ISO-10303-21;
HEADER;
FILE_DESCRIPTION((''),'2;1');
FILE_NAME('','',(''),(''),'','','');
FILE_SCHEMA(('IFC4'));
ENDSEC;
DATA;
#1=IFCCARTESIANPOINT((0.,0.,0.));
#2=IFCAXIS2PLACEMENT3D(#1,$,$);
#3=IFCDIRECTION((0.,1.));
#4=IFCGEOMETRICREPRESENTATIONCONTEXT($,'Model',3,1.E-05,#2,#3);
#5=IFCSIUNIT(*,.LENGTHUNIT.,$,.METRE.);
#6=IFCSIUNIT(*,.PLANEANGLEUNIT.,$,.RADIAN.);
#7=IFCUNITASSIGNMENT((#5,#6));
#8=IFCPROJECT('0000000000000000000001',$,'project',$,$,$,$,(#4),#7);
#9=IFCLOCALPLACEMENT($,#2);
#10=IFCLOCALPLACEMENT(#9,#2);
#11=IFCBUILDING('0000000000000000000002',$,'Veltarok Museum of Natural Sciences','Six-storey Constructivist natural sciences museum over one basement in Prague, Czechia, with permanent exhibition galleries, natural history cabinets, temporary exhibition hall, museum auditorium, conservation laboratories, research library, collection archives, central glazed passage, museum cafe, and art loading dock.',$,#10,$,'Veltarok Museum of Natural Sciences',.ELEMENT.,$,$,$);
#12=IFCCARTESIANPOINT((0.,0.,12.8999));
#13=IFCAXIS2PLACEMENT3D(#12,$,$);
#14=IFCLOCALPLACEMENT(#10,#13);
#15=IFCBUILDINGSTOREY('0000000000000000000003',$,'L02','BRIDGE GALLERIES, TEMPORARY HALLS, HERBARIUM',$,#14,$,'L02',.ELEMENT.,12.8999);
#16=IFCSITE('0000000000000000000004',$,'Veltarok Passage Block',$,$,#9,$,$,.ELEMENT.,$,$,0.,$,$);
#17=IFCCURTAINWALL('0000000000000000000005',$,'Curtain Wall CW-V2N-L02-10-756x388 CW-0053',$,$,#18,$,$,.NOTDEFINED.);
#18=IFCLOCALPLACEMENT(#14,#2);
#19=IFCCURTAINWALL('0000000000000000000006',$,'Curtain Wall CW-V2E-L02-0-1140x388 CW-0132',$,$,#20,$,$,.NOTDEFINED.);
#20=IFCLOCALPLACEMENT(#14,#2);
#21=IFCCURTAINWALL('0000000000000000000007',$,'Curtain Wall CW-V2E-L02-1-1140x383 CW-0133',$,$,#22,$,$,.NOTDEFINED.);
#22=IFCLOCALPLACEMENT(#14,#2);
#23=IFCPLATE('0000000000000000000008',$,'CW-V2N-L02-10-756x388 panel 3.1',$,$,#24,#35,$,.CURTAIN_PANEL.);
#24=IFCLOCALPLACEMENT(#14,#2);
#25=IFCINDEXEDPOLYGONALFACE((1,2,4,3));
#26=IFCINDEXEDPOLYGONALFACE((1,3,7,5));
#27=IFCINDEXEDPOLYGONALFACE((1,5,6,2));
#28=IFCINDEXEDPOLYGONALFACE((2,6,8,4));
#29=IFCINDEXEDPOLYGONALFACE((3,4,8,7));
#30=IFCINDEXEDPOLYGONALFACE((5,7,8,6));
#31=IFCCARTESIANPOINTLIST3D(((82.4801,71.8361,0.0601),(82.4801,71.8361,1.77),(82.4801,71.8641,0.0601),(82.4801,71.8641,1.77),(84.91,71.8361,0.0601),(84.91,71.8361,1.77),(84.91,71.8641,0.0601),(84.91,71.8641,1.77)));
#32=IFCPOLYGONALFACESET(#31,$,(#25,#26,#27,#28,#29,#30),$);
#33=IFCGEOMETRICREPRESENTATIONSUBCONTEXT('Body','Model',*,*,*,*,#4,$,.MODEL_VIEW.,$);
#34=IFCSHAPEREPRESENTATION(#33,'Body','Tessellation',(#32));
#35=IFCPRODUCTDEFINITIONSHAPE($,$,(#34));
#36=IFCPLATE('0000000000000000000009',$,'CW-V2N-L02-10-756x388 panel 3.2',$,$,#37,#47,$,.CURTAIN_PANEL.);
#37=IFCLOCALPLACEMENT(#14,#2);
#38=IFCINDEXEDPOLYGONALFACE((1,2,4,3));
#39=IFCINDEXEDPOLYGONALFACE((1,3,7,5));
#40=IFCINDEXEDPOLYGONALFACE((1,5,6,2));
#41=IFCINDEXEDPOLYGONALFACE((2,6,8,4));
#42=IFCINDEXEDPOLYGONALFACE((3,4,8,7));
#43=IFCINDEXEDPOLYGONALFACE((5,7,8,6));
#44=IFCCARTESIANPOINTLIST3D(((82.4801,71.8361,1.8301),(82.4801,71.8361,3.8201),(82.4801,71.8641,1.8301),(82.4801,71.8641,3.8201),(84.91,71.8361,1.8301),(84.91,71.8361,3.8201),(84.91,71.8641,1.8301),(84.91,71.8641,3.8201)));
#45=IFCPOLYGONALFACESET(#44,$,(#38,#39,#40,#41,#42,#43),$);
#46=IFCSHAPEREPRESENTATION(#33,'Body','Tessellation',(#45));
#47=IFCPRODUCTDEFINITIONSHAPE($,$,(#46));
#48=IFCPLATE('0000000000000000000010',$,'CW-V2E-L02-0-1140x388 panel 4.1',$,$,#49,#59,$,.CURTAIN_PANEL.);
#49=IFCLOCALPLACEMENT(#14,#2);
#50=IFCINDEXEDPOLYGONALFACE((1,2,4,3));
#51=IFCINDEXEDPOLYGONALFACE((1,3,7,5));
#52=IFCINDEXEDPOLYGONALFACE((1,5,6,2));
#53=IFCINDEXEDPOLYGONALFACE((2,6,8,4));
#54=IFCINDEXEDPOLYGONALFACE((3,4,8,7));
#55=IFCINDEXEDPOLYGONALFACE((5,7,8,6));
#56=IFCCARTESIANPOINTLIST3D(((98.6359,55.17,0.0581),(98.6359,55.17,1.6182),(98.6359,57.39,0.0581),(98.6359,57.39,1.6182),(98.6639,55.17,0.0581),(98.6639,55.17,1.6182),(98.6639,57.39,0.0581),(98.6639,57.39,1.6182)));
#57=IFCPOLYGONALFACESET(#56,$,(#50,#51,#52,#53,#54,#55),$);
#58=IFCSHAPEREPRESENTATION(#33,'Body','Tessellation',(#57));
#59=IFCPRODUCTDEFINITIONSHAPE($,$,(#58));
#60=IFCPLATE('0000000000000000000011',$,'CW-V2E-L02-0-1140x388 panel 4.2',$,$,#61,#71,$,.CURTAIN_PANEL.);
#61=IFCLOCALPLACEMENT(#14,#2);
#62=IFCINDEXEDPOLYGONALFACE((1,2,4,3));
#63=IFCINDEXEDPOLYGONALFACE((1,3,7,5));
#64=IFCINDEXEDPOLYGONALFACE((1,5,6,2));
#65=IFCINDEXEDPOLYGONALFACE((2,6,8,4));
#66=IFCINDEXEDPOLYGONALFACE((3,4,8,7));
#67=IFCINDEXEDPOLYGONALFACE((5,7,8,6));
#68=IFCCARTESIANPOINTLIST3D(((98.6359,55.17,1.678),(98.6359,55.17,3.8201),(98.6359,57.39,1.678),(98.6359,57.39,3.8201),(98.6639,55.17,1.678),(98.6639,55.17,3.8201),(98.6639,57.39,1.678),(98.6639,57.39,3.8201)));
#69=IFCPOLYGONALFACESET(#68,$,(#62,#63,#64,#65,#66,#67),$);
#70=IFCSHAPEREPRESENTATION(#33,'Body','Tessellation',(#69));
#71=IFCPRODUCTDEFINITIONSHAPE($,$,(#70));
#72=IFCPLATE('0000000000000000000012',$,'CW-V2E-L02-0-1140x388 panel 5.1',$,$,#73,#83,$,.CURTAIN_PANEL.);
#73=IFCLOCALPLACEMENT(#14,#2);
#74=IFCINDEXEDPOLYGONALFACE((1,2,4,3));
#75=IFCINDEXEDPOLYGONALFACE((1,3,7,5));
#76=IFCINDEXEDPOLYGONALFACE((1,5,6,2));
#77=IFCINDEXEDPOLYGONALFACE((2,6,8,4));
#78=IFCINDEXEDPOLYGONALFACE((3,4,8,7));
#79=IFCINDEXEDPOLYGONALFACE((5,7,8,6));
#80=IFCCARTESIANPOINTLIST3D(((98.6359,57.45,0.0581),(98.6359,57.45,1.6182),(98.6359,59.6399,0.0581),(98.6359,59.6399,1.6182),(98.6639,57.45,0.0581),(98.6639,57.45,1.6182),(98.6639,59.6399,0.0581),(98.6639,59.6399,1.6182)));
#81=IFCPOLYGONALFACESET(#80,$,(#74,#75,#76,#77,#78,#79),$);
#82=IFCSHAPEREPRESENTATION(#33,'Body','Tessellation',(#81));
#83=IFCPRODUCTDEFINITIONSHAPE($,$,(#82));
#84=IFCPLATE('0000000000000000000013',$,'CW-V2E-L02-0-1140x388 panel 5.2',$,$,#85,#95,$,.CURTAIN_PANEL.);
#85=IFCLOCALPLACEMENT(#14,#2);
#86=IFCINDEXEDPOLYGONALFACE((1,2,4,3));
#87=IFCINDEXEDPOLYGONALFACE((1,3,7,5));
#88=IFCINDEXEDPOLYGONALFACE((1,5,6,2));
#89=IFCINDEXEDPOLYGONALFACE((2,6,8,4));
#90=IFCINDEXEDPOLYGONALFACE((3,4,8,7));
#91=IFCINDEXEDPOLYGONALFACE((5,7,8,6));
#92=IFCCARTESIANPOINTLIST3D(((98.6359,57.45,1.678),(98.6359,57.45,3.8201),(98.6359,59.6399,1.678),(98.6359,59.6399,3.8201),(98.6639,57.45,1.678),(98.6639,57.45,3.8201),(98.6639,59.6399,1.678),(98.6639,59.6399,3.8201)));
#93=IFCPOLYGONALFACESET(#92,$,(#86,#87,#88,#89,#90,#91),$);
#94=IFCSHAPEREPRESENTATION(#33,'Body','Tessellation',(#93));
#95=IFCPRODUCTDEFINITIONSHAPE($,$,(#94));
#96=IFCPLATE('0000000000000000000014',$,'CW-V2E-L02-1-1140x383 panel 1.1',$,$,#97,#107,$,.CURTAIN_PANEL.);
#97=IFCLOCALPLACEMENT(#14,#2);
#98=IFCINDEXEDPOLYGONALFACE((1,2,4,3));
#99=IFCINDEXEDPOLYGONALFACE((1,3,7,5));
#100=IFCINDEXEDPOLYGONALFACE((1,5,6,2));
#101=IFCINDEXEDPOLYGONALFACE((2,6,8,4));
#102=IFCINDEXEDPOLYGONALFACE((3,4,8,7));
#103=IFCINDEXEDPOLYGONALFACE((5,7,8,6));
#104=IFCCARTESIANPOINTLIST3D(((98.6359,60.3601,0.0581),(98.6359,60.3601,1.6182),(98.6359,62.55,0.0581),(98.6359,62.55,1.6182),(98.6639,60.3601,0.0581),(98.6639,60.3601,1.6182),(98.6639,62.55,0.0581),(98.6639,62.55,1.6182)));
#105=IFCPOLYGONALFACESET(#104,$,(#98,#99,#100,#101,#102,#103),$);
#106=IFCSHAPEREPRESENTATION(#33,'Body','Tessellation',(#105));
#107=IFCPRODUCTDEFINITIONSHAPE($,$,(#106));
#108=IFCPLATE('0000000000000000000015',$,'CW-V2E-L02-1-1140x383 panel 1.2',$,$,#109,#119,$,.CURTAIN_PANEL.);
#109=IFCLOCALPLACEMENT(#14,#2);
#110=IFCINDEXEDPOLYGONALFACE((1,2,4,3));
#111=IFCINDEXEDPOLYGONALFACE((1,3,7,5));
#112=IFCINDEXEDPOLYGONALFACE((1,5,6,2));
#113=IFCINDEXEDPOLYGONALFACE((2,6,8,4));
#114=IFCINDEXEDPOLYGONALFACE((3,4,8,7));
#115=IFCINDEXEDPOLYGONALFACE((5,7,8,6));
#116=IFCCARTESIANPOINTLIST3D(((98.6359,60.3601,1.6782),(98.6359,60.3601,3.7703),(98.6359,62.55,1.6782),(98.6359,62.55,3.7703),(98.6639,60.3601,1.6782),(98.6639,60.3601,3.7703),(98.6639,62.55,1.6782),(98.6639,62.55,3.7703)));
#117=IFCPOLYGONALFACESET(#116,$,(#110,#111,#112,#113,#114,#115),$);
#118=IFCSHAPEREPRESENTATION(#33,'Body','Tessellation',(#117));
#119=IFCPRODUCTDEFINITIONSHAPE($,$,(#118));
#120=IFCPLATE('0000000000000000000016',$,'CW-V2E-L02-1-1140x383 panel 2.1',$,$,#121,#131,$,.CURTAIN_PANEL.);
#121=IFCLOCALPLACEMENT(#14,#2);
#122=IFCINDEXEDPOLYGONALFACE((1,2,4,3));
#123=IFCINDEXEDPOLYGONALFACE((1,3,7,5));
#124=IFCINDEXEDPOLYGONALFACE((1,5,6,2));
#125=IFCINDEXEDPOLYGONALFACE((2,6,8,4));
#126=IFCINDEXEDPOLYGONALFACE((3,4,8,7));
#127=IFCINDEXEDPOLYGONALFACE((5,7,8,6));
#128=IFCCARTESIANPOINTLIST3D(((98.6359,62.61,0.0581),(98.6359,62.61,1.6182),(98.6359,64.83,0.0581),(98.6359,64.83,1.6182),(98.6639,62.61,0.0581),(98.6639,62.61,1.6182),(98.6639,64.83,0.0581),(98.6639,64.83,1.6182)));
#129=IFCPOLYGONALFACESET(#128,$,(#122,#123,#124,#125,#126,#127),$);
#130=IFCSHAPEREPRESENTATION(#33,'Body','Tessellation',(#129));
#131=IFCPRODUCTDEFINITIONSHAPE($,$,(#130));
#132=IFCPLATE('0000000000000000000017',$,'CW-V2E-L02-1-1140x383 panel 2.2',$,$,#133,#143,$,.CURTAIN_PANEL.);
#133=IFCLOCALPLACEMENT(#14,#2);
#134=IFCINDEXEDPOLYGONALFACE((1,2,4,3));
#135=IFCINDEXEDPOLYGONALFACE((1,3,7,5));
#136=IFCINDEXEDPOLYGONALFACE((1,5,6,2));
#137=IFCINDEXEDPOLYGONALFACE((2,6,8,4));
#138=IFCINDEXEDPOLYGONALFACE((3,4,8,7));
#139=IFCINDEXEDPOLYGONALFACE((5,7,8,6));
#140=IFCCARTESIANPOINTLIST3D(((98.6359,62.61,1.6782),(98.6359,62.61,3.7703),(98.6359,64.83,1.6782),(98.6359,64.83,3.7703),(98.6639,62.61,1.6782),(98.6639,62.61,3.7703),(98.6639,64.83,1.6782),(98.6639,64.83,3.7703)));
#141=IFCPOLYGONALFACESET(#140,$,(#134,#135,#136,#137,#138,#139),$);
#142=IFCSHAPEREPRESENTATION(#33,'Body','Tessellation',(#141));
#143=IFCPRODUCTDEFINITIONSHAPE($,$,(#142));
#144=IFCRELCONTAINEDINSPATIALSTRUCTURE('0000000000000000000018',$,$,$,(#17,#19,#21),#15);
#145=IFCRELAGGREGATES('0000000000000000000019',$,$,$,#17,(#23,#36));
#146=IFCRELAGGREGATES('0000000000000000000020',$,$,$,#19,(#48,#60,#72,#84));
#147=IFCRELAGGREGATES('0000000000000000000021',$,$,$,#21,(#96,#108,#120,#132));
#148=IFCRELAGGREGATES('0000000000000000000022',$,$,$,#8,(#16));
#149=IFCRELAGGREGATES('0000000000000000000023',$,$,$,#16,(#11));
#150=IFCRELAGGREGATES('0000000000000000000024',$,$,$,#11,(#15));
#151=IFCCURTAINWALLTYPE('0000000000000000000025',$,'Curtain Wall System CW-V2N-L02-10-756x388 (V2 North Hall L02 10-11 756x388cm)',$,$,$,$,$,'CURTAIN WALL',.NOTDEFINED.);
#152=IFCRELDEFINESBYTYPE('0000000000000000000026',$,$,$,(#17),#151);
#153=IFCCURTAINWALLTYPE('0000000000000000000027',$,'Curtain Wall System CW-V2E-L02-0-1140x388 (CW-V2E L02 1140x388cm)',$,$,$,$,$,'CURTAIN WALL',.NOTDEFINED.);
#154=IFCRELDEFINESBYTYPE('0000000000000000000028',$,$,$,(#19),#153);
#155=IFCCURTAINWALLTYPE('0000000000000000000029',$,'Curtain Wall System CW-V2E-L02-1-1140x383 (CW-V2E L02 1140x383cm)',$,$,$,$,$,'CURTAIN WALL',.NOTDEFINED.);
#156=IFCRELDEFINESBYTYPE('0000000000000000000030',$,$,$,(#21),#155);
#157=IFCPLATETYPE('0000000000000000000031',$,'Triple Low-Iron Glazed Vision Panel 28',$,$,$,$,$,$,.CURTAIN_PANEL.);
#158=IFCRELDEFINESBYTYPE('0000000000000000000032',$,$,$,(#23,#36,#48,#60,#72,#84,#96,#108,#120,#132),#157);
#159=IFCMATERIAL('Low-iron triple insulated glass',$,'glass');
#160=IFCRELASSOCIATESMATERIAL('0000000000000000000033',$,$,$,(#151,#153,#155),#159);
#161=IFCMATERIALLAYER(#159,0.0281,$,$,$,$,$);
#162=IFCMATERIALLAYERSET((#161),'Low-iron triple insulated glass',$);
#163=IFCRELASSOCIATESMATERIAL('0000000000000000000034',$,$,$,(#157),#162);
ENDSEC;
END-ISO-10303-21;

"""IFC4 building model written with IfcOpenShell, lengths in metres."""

from ifc_helpers import new_model, si_unit, direction, frame, origin, origin_2d, place, context, subcontext, project, spatial, rectangle, extrude, material, layer, layer_set, type_object, element, aggregate, save


model = new_model("IFC4")

# Units and contexts
model_context = context("Model", 3, precision=1e-05, world=origin(), true_north=direction((0.0, 1.0)))
body_context = subcontext(model_context, "Body", "Model", "MODEL_VIEW")
ifc_project = project(units=[si_unit("LENGTHUNIT", "METRE"), si_unit("PLANEANGLEUNIT", "RADIAN")], contexts=[model_context])

# Site, building, storey
site_placement = place(None, origin())
site = spatial("IfcSite", under=ifc_project, at=site_placement, Name="Veltarok Passage Block", CompositionType="ELEMENT", RefElevation=0.0)
building_placement = place(site_placement, origin())
building = spatial("IfcBuilding", under=site, at=building_placement, Name="Veltarok Museum of Natural Sciences", Description="Six-storey Constructivist natural sciences museum over one basement in Prague, Czechia, with permanent exhibition galleries, natural history cabinets, temporary exhibition hall, museum auditorium, conservation laboratories, research library, collection archives, central glazed passage, museum cafe, and art loading dock.", LongName="Veltarok Museum of Natural Sciences", CompositionType="ELEMENT")
storey_placement = place(building_placement, frame((0.0, 0.0, 12.8999)))
storey = spatial("IfcBuildingStorey", under=building, at=storey_placement, Name="L02", Description="BRIDGE GALLERIES, TEMPORARY HALLS, HERBARIUM", LongName="L02", CompositionType="ELEMENT", Elevation=12.8999)

# Curtain walls
ifc_material_1 = material(Name="Low-iron triple insulated glass", Category="glass")
curtain_wall_type_1 = type_object("IfcCurtainWallType", Name="Curtain Wall System CW-V2N-L02-10-756x388 (V2 North Hall L02 10-11 756x388cm)", ElementType="CURTAIN WALL", PredefinedType="NOTDEFINED", material=ifc_material_1)
curtain_wall_1_placement = place(storey_placement, origin())
curtain_wall_1 = element("IfcCurtainWall", 1, at=curtain_wall_1_placement, inside=storey, type_object=curtain_wall_type_1, Name="Curtain Wall CW-V2N-L02-10-756x388 CW-0053", PredefinedType="NOTDEFINED")
curtain_wall_type_2 = type_object("IfcCurtainWallType", Name="Curtain Wall System CW-V2E-L02-0-1140x388 (CW-V2E L02 1140x388cm)", ElementType="CURTAIN WALL", PredefinedType="NOTDEFINED", material=ifc_material_1)
curtain_wall_2_placement = place(storey_placement, origin())
curtain_wall_2 = element("IfcCurtainWall", 2, at=curtain_wall_2_placement, inside=storey, type_object=curtain_wall_type_2, Name="Curtain Wall CW-V2E-L02-0-1140x388 CW-0132", PredefinedType="NOTDEFINED")
curtain_wall_type_3 = type_object("IfcCurtainWallType", Name="Curtain Wall System CW-V2E-L02-1-1140x383 (CW-V2E L02 1140x383cm)", ElementType="CURTAIN WALL", PredefinedType="NOTDEFINED", material=ifc_material_1)
curtain_wall_3_placement = place(storey_placement, origin())
curtain_wall_3 = element("IfcCurtainWall", 3, at=curtain_wall_3_placement, inside=storey, type_object=curtain_wall_type_3, Name="Curtain Wall CW-V2E-L02-1-1140x383 CW-0133", PredefinedType="NOTDEFINED")

# Plates
ifc_layer = layer(ifc_material_1, 0.0281)
ifc_layer_set = layer_set([ifc_layer], Name="Low-iron triple insulated glass")
plate_type = type_object("IfcPlateType", Name="Triple Low-Iron Glazed Vision Panel 28", PredefinedType="CURTAIN_PANEL", material=ifc_layer_set)
plate_1_placement = place(storey_placement, frame((83.6951, 71.8501, 0.0601), z_axis=(0.0, 0.0, 1.0), x_axis=(-1.0, 0.0, 0.0)))
plate_1 = element("IfcPlate", 4, at=plate_1_placement, type_object=plate_type, Name="CW-V2N-L02-10-756x388 panel 3.1", PredefinedType="CURTAIN_PANEL", context=body_context, shape_type="SweptSolid", body=[
    extrude(rectangle(XDim=2.4299, YDim=0.0281, at=origin_2d()), origin(), (0.0, 0.0, 1.0), 1.71),
])
plate_2_placement = place(storey_placement, frame((83.6951, 71.8501, 1.8301), z_axis=(0.0, 0.0, 1.0), x_axis=(-1.0, 0.0, 0.0)))
plate_2 = element("IfcPlate", 5, at=plate_2_placement, type_object=plate_type, Name="CW-V2N-L02-10-756x388 panel 3.2", PredefinedType="CURTAIN_PANEL", context=body_context, shape_type="SweptSolid", body=[
    extrude(rectangle(XDim=2.4299, YDim=0.0281, at=origin_2d()), origin(), (0.0, 0.0, 1.0), 1.99),
])
aggregate(curtain_wall_1, [plate_1, plate_2])
plate_3_placement = place(storey_placement, frame((98.6499, 56.28, 0.0581), z_axis=(0.0, 0.0, 1.0), x_axis=(0.0, 1.0, 0.0)))
plate_3 = element("IfcPlate", 6, at=plate_3_placement, type_object=plate_type, Name="CW-V2E-L02-0-1140x388 panel 4.1", PredefinedType="CURTAIN_PANEL", context=body_context, shape_type="SweptSolid", body=[
    extrude(rectangle(XDim=2.22, YDim=0.0281, at=origin_2d()), origin(), (0.0, 0.0, 1.0), 1.5601),
])
plate_4_placement = place(storey_placement, frame((98.6499, 56.28, 1.678), z_axis=(0.0, 0.0, 1.0), x_axis=(0.0, 1.0, 0.0)))
plate_4 = element("IfcPlate", 7, at=plate_4_placement, type_object=plate_type, Name="CW-V2E-L02-0-1140x388 panel 4.2", PredefinedType="CURTAIN_PANEL", context=body_context, shape_type="SweptSolid", body=[
    extrude(rectangle(XDim=2.22, YDim=0.0281, at=origin_2d()), origin(), (0.0, 0.0, 1.0), 2.1421),
])
plate_5_placement = place(storey_placement, frame((98.6499, 58.5449, 0.0581), z_axis=(0.0, 0.0, 1.0), x_axis=(0.0, 1.0, 0.0)))
plate_5 = element("IfcPlate", 8, at=plate_5_placement, type_object=plate_type, Name="CW-V2E-L02-0-1140x388 panel 5.1", PredefinedType="CURTAIN_PANEL", context=body_context, shape_type="SweptSolid", body=[
    extrude(rectangle(XDim=2.1899, YDim=0.0281, at=origin_2d()), origin(), (0.0, 0.0, 1.0), 1.5601),
])
plate_6_placement = place(storey_placement, frame((98.6499, 58.5449, 1.678), z_axis=(0.0, 0.0, 1.0), x_axis=(0.0, 1.0, 0.0)))
plate_6 = element("IfcPlate", 9, at=plate_6_placement, type_object=plate_type, Name="CW-V2E-L02-0-1140x388 panel 5.2", PredefinedType="CURTAIN_PANEL", context=body_context, shape_type="SweptSolid", body=[
    extrude(rectangle(XDim=2.1899, YDim=0.0281, at=origin_2d()), origin(), (0.0, 0.0, 1.0), 2.1421),
])
aggregate(curtain_wall_2, [plate_3, plate_4, plate_5, plate_6])
plate_7_placement = place(storey_placement, frame((98.6499, 61.4551, 0.0581), z_axis=(0.0, 0.0, 1.0), x_axis=(0.0, 1.0, 0.0)))
plate_7 = element("IfcPlate", 10, at=plate_7_placement, type_object=plate_type, Name="CW-V2E-L02-1-1140x383 panel 1.1", PredefinedType="CURTAIN_PANEL", context=body_context, shape_type="SweptSolid", body=[
    extrude(rectangle(XDim=2.1899, YDim=0.0281, at=origin_2d()), origin(), (0.0, 0.0, 1.0), 1.5601),
])
plate_8_placement = place(storey_placement, frame((98.6499, 61.4551, 1.6782), z_axis=(0.0, 0.0, 1.0), x_axis=(0.0, 1.0, 0.0)))
plate_8 = element("IfcPlate", 11, at=plate_8_placement, type_object=plate_type, Name="CW-V2E-L02-1-1140x383 panel 1.2", PredefinedType="CURTAIN_PANEL", context=body_context, shape_type="SweptSolid", body=[
    extrude(rectangle(XDim=2.1899, YDim=0.0281, at=origin_2d()), origin(), (0.0, 0.0, 1.0), 2.092),
])
plate_9_placement = place(storey_placement, frame((98.6499, 63.72, 0.0581), z_axis=(0.0, 0.0, 1.0), x_axis=(0.0, 1.0, 0.0)))
plate_9 = element("IfcPlate", 12, at=plate_9_placement, type_object=plate_type, Name="CW-V2E-L02-1-1140x383 panel 2.1", PredefinedType="CURTAIN_PANEL", context=body_context, shape_type="SweptSolid", body=[
    extrude(rectangle(XDim=2.22, YDim=0.0281, at=origin_2d()), origin(), (0.0, 0.0, 1.0), 1.5601),
])
plate_10_placement = place(storey_placement, frame((98.6499, 63.72, 1.6782), z_axis=(0.0, 0.0, 1.0), x_axis=(0.0, 1.0, 0.0)))
plate_10 = element("IfcPlate", 13, at=plate_10_placement, type_object=plate_type, Name="CW-V2E-L02-1-1140x383 panel 2.2", PredefinedType="CURTAIN_PANEL", context=body_context, shape_type="SweptSolid", body=[
    extrude(rectangle(XDim=2.22, YDim=0.0281, at=origin_2d()), origin(), (0.0, 0.0, 1.0), 2.092),
])
aggregate(curtain_wall_3, [plate_7, plate_8, plate_9, plate_10])

save(model, "model.ifc")
